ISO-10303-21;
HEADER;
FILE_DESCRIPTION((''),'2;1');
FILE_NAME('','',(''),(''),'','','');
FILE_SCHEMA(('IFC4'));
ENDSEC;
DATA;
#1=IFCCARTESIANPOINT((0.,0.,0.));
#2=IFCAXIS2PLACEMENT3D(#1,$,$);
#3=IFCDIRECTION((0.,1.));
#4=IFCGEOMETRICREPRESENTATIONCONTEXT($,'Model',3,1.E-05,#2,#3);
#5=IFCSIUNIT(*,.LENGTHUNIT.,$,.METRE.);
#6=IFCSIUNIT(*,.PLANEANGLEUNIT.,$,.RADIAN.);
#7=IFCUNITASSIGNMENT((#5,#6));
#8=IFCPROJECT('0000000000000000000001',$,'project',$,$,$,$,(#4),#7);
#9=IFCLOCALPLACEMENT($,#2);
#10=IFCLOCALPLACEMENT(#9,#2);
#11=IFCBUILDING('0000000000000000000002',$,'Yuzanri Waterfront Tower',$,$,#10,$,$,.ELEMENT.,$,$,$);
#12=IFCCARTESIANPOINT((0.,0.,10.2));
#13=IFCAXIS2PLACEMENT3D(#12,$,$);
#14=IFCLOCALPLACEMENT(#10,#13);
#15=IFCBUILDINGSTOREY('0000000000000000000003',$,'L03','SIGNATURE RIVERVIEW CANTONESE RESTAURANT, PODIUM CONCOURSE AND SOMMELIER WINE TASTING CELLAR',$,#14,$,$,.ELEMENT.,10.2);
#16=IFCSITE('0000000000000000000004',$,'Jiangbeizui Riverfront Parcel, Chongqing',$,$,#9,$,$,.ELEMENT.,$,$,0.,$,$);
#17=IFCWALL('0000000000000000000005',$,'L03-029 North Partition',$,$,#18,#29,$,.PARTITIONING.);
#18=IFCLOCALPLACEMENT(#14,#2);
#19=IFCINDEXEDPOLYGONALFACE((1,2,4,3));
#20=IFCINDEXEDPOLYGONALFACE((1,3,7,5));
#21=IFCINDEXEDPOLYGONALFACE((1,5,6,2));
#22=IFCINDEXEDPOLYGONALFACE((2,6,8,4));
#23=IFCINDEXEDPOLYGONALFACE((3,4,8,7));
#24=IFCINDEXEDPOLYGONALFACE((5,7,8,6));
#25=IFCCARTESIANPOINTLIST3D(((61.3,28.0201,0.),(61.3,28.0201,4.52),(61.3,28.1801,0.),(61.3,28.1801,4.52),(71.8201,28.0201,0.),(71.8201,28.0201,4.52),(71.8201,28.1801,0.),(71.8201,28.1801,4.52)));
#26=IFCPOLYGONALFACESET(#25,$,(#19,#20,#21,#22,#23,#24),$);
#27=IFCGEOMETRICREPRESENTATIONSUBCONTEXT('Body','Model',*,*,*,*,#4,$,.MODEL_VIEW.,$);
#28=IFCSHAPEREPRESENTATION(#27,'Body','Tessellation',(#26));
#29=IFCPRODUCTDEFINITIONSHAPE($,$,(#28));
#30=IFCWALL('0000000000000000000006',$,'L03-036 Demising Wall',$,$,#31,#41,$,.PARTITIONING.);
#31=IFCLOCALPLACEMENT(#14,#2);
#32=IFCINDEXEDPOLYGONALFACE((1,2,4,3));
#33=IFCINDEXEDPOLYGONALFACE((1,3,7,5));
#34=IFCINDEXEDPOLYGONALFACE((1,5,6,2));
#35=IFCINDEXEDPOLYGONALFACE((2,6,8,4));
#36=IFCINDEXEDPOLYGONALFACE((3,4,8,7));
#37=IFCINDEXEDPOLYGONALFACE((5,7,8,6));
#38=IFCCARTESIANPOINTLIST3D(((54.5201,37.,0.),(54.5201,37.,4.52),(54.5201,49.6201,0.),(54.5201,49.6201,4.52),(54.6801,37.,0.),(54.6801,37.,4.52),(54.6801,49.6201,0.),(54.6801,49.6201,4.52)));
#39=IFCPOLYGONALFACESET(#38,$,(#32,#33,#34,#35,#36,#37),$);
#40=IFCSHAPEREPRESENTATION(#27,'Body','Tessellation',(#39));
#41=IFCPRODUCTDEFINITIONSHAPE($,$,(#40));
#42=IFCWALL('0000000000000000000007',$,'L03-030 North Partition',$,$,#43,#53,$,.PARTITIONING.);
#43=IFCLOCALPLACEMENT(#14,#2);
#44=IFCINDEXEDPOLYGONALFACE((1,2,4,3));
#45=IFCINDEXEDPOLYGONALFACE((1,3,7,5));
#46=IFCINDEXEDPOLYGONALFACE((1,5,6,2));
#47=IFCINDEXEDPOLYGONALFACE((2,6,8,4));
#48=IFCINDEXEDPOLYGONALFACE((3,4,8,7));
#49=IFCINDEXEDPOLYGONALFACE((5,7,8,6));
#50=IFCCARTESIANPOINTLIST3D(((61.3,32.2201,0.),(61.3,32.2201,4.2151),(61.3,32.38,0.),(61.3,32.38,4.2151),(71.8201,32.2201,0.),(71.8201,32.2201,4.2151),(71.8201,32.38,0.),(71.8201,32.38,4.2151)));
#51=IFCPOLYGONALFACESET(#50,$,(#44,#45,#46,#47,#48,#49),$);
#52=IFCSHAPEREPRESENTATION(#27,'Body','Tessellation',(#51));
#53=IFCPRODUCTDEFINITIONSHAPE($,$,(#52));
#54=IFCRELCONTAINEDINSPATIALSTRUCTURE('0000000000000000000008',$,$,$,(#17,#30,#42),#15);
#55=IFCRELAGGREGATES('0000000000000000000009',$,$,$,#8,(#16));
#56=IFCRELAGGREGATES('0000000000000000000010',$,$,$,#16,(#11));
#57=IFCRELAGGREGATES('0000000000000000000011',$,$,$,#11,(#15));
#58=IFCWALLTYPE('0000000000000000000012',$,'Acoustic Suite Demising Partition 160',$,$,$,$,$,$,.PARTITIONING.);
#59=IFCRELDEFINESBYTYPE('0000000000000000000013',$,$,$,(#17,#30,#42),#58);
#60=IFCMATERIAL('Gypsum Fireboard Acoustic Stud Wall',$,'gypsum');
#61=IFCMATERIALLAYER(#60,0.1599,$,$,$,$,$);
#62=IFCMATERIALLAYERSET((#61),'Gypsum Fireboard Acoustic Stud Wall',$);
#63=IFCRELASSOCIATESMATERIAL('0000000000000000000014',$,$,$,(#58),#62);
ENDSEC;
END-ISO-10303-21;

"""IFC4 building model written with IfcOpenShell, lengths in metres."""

from ifc_helpers import new_model, si_unit, direction, frame, frame_2d, origin, place, context, subcontext, project, spatial, rectangle, extrude, source, transform, mapped, material, layer, layer_set, type_object, element, save


model = new_model("IFC4")

# Units and contexts
model_context = context("Model", 3, precision=1e-05, world=origin(), true_north=direction((0.0, 1.0)))
body_context = subcontext(model_context, "Body", "Model", "MODEL_VIEW")
ifc_project = project(units=[si_unit("LENGTHUNIT", "METRE"), si_unit("PLANEANGLEUNIT", "RADIAN")], contexts=[model_context])

# Site, building, storey
site_placement = place(None, origin())
site = spatial("IfcSite", under=ifc_project, at=site_placement, Name="Jiangbeizui Riverfront Parcel, Chongqing", CompositionType="ELEMENT", RefElevation=0.0)
building_placement = place(site_placement, origin())
building = spatial("IfcBuilding", under=site, at=building_placement, Name="Yuzanri Waterfront Tower", CompositionType="ELEMENT")
storey_placement = place(building_placement, frame((0.0, 0.0, 10.2)))
storey = spatial("IfcBuildingStorey", under=building, at=storey_placement, Name="L03", Description="SIGNATURE RIVERVIEW CANTONESE RESTAURANT, PODIUM CONCOURSE AND SOMMELIER WINE TASTING CELLAR", CompositionType="ELEMENT", Elevation=10.2)

# Walls
ifc_material_1 = material(Name="Gypsum Fireboard Acoustic Stud Wall", Category="gypsum")
ifc_layer_1 = layer(ifc_material_1, 0.1599)
ifc_layer_set_1 = layer_set([ifc_layer_1], Name="Gypsum Fireboard Acoustic Stud Wall")
wall_type_1 = type_object("IfcWallType", Name="Acoustic Suite Demising Partition 160", PredefinedType="PARTITIONING", material=ifc_layer_set_1)
shared_shape_1 = source(origin(), body_context, "Body", "SweptSolid", [
    extrude(rectangle(XDim=10.52, YDim=0.1599, at=frame_2d((5.26, 0.0))), origin(), (0.0, 0.0, 1.0), 4.52),
])
wall_1_placement = place(storey_placement, frame((61.3, 28.1001, 0.0), z_axis=(0.0, 0.0, 1.0), x_axis=(1.0, 0.0, 0.0)))
element("IfcWall", 1, at=wall_1_placement, inside=storey, type_object=wall_type_1, Name="L03-029 North Partition", PredefinedType="PARTITIONING", context=body_context, shape_type="MappedRepresentation", body=[
    mapped(shared_shape_1, transform((0.0, 0.0, 0.0), scale=1.0)),
])
shared_shape_2 = source(origin(), body_context, "Body", "SweptSolid", [
    extrude(rectangle(XDim=12.6201, YDim=0.1599, at=frame_2d((6.3101, 0.0))), origin(), (0.0, 0.0, 1.0), 4.52),
])
wall_2_placement = place(storey_placement, frame((54.6001, 37.0, 0.0), z_axis=(0.0, 0.0, 1.0), x_axis=(0.0, 1.0, 0.0)))
element("IfcWall", 2, at=wall_2_placement, inside=storey, type_object=wall_type_1, Name="L03-036 Demising Wall", PredefinedType="PARTITIONING", context=body_context, shape_type="MappedRepresentation", body=[
    mapped(shared_shape_2, transform((0.0, 0.0, 0.0), scale=1.0)),
])
shared_shape_3 = source(origin(), body_context, "Body", "SweptSolid", [
    extrude(rectangle(XDim=10.52, YDim=0.1599, at=frame_2d((5.26, 0.0))), origin(), (0.0, 0.0, 1.0), 4.2151),
])
wall_3_placement = place(storey_placement, frame((61.3, 32.3, 0.0), z_axis=(0.0, 0.0, 1.0), x_axis=(1.0, 0.0, 0.0)))
element("IfcWall", 3, at=wall_3_placement, inside=storey, type_object=wall_type_1, Name="L03-030 North Partition", PredefinedType="PARTITIONING", context=body_context, shape_type="MappedRepresentation", body=[
    mapped(shared_shape_3, transform((0.0, 0.0, 0.0), scale=1.0)),
])

save(model, "model.ifc")
